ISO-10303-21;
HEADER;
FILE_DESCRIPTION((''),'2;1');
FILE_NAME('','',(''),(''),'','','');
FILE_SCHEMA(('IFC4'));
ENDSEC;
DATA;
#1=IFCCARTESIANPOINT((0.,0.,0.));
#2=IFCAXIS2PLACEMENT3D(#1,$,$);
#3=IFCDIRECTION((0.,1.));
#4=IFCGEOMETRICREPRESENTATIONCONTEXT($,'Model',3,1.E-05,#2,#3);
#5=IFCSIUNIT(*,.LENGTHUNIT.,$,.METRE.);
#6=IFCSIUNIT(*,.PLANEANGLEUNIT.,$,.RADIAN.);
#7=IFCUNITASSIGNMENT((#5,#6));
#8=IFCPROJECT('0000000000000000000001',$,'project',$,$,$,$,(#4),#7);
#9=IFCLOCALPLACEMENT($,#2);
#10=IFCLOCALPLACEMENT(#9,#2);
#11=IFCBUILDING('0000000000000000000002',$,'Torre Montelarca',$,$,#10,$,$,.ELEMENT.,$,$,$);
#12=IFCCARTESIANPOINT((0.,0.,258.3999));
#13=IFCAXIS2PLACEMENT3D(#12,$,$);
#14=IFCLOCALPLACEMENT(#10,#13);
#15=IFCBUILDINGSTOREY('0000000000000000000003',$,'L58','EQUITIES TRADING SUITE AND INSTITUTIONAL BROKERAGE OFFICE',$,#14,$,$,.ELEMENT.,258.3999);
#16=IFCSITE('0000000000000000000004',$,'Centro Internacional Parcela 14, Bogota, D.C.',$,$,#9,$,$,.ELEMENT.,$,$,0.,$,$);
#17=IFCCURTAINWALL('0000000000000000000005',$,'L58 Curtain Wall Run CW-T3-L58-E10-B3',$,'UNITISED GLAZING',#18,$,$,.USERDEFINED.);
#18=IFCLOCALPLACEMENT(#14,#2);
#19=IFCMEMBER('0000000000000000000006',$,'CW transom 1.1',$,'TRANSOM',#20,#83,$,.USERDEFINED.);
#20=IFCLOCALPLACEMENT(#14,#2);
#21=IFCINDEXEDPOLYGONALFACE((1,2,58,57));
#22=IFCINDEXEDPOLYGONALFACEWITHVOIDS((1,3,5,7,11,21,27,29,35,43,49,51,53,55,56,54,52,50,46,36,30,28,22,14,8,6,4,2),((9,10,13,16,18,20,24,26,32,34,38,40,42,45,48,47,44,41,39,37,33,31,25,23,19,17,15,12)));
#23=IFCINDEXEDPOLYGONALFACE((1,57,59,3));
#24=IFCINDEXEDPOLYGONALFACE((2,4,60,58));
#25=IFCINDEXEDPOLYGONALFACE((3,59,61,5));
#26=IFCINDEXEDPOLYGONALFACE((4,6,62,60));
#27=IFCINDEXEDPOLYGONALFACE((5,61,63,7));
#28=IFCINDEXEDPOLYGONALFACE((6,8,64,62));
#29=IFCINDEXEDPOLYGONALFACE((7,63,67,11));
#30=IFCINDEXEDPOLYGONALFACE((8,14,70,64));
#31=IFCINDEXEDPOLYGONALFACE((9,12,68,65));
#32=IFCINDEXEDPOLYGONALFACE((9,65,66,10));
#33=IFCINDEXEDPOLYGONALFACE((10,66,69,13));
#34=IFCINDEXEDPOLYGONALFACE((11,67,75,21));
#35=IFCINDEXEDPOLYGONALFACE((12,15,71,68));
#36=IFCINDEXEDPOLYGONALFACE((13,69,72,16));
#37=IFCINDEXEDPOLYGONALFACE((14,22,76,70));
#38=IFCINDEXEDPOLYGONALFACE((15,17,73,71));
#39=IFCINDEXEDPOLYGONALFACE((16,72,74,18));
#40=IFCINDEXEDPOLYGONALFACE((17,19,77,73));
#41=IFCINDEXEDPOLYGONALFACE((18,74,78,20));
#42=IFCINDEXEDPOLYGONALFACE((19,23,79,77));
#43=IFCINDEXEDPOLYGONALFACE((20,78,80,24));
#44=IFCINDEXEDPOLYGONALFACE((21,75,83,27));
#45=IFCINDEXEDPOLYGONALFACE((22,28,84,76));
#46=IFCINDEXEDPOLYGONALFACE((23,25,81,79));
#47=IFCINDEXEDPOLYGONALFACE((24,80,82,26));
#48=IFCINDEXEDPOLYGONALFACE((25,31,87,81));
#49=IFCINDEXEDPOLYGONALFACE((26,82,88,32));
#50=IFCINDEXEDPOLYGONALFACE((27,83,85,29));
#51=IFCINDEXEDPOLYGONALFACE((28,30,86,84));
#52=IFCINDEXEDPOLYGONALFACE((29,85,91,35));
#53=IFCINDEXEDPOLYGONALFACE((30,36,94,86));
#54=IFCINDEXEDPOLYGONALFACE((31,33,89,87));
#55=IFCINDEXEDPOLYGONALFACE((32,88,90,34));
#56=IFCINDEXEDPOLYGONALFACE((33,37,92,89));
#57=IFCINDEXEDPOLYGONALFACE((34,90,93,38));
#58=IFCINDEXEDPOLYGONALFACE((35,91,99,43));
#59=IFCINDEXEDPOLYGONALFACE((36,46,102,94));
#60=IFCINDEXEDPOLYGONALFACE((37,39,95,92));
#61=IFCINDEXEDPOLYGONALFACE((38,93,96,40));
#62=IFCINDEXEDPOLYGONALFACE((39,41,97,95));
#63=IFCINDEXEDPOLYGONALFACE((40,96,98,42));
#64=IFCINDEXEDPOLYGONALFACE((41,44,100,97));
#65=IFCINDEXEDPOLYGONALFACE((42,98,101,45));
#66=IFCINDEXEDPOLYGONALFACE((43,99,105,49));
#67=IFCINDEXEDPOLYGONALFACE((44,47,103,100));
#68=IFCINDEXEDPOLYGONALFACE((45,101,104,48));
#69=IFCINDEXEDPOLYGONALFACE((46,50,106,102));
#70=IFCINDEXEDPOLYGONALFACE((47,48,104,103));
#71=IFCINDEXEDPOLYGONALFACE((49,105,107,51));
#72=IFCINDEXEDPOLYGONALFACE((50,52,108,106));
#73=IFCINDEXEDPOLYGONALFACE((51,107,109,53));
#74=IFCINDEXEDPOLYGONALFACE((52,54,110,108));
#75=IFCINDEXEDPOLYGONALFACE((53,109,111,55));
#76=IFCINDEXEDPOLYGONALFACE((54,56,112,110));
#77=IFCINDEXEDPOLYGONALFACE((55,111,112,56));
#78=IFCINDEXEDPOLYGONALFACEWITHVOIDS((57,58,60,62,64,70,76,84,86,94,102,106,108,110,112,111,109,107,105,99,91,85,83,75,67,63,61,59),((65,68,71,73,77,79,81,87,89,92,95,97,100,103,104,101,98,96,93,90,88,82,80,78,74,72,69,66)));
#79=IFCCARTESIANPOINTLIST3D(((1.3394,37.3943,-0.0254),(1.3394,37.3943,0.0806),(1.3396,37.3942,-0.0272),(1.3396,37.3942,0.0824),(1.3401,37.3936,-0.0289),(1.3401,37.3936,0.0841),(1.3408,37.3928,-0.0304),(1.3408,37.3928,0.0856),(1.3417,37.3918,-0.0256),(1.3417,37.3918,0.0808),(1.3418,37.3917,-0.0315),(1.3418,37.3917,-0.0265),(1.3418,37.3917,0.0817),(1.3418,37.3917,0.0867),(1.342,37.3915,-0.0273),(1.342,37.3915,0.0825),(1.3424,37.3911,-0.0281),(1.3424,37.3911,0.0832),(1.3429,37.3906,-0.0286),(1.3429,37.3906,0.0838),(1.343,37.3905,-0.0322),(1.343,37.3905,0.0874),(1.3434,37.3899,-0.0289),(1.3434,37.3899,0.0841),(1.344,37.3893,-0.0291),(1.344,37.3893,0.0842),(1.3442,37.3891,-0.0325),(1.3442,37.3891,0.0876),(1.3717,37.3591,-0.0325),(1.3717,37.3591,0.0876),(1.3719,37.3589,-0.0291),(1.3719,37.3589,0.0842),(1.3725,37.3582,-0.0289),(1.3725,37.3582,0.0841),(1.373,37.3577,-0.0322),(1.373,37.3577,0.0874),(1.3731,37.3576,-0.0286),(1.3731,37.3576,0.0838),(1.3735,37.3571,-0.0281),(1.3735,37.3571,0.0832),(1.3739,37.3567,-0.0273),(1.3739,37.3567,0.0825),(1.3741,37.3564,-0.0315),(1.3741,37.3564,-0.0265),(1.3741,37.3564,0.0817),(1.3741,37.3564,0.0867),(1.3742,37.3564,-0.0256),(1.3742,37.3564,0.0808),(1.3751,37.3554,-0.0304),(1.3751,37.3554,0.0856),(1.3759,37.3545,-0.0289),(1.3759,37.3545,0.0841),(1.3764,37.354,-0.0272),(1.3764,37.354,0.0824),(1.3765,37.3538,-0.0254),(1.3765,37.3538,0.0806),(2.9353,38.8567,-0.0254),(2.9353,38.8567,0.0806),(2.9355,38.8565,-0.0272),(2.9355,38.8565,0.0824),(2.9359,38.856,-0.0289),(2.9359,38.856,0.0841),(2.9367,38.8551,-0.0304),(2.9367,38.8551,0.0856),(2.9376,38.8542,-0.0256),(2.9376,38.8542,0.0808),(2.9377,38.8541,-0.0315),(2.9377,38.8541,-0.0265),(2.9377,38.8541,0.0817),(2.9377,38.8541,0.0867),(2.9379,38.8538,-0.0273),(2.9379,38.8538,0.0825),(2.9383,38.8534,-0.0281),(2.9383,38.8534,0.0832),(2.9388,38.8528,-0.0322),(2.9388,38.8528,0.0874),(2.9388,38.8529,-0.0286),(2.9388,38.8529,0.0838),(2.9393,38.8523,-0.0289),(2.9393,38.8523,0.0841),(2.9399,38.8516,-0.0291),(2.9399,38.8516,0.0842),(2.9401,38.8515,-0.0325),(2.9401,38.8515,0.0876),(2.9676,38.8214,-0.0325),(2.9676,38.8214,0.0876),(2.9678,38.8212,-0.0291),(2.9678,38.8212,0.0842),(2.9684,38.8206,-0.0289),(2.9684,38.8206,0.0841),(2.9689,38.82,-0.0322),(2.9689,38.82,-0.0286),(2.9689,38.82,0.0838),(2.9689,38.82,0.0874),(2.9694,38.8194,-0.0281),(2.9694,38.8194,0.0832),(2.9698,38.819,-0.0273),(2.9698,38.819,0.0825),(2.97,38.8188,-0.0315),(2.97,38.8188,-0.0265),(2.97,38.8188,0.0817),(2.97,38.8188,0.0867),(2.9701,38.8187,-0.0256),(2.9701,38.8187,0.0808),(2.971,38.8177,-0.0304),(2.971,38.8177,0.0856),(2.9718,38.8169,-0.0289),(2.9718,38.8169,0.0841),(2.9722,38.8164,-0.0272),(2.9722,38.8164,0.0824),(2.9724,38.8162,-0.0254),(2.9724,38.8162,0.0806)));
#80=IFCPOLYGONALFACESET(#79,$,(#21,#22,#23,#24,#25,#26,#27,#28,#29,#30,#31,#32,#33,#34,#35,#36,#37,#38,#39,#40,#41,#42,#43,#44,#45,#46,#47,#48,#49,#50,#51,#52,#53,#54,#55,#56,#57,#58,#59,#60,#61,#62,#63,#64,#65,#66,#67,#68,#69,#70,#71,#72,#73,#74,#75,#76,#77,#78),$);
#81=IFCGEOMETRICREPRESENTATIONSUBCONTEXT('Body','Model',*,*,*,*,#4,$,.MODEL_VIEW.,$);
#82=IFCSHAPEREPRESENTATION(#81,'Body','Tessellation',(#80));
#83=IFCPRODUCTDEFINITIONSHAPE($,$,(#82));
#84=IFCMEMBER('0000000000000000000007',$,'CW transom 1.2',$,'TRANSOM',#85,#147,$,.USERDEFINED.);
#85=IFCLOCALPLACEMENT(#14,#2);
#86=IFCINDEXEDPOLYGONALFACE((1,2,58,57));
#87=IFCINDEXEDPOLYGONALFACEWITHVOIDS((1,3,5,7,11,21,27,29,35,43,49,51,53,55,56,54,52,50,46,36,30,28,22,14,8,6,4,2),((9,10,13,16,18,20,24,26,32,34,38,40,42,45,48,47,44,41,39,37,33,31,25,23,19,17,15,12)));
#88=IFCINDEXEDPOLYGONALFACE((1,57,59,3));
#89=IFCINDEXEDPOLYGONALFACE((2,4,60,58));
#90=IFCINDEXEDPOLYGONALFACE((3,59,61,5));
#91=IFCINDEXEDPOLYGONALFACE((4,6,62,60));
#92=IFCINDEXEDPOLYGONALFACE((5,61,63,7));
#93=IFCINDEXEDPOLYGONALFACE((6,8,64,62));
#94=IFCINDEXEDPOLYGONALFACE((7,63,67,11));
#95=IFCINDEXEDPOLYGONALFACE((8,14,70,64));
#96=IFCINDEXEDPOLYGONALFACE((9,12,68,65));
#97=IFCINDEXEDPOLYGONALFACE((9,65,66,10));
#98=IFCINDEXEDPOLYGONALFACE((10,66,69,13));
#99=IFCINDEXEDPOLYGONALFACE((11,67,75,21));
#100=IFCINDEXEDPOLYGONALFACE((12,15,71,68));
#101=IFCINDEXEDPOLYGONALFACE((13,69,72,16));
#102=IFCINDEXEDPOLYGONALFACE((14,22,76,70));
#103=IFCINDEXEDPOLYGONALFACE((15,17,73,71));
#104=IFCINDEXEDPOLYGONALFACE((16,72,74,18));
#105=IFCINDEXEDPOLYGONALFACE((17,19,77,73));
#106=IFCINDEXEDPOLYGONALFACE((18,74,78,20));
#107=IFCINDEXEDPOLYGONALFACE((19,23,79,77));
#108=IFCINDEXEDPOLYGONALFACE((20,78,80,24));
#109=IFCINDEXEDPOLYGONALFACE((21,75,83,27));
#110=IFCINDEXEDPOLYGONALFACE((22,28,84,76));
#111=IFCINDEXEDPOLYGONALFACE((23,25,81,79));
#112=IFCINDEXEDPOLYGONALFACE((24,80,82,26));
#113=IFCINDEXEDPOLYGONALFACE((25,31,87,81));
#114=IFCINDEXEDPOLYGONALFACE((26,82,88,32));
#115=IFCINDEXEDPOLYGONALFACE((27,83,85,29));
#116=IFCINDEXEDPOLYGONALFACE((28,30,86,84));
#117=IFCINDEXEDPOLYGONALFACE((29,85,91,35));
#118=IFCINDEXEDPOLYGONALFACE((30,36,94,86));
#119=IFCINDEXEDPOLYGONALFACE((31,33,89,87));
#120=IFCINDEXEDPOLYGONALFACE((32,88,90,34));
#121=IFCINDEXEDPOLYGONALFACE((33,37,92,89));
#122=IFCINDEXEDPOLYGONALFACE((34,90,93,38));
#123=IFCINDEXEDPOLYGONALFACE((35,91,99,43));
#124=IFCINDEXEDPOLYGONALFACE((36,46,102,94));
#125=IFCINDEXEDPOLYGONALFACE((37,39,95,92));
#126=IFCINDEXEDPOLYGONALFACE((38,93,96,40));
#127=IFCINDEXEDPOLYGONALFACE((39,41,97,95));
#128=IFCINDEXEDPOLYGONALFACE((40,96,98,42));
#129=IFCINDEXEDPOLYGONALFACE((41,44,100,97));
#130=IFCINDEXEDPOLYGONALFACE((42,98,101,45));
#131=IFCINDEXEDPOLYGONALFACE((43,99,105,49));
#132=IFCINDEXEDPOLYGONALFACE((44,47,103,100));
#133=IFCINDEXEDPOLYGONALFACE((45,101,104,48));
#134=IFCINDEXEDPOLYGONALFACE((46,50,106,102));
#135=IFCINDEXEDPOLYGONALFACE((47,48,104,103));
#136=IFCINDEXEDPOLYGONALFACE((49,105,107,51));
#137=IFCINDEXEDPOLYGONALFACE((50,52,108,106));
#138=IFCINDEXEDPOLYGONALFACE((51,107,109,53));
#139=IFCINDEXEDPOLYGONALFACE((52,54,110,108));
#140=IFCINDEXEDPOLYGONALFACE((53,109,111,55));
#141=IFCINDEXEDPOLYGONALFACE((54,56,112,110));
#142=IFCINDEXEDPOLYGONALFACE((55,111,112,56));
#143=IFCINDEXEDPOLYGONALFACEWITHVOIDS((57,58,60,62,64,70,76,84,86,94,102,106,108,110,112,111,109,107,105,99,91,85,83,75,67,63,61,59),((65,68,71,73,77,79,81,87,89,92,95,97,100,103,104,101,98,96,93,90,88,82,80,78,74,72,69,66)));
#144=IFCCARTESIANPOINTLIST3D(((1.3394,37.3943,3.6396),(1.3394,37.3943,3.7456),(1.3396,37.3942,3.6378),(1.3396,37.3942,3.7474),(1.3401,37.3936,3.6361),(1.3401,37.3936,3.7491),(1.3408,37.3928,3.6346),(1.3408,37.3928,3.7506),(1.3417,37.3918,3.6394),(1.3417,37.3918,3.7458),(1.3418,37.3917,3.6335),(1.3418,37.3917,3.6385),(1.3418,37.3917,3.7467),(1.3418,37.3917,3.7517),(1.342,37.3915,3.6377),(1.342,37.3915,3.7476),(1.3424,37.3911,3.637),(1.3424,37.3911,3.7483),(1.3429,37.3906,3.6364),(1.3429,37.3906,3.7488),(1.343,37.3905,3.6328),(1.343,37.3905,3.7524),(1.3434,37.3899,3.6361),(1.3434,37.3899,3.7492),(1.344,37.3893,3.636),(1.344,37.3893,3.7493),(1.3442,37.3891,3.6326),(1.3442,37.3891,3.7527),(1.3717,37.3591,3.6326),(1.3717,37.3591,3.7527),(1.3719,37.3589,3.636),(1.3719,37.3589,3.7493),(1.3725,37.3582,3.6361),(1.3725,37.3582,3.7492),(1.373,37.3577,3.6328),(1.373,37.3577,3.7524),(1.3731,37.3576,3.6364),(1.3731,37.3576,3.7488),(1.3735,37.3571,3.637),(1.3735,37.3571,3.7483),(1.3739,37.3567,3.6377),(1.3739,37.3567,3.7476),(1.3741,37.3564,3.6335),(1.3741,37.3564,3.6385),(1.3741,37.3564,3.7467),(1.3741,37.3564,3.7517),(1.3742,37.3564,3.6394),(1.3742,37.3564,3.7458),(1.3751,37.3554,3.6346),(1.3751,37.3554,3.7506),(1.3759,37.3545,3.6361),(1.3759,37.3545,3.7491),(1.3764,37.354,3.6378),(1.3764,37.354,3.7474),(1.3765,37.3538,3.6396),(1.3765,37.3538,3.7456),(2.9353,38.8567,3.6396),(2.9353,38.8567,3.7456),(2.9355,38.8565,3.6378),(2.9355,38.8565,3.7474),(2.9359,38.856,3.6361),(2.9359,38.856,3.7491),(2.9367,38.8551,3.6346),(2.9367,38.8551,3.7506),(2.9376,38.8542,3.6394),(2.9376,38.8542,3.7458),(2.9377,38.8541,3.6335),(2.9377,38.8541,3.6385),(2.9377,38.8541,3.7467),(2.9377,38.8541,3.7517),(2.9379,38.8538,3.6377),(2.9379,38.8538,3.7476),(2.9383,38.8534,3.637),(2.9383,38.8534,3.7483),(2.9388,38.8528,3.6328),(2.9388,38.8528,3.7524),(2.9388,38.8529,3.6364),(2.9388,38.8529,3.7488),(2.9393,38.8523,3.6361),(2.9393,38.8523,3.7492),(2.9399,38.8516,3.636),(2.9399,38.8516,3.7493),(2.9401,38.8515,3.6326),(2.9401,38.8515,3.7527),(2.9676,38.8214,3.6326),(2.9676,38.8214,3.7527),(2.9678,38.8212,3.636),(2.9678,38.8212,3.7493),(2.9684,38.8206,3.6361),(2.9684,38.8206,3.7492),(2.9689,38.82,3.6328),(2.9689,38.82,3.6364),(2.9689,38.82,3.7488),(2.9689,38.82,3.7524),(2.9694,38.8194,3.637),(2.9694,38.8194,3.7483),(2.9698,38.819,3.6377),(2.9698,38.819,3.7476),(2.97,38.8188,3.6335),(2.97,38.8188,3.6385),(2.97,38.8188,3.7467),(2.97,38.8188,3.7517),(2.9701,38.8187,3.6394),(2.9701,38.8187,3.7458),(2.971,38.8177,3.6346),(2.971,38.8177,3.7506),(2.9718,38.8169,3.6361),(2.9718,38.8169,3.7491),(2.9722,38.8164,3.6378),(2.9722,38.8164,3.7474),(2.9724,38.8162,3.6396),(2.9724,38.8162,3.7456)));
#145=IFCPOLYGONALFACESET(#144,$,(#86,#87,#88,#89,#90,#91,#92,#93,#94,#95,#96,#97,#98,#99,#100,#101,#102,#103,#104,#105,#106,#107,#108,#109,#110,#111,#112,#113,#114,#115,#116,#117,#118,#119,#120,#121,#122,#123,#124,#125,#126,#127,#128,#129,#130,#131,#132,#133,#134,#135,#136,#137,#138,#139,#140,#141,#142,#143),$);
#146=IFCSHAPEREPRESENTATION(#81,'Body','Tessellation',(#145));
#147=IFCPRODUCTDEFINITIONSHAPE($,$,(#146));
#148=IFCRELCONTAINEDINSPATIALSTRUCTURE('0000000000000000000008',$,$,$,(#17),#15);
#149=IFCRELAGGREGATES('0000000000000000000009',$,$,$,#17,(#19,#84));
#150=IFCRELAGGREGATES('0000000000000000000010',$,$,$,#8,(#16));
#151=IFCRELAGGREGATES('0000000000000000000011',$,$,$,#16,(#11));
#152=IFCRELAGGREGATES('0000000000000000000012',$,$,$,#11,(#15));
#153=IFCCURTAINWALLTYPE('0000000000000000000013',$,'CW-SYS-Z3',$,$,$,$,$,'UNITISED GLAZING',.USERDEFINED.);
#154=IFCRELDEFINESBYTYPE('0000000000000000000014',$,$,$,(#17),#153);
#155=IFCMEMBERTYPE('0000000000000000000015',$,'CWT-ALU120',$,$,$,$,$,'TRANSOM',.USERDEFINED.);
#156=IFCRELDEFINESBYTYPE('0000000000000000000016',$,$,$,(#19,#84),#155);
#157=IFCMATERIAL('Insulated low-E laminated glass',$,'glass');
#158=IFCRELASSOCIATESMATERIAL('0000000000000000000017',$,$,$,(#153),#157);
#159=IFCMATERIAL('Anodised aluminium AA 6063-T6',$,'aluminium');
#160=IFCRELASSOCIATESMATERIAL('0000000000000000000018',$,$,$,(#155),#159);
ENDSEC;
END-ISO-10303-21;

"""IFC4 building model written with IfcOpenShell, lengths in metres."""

from ifc_helpers import new_model, si_unit, direction, frame, origin, origin_2d, place, context, subcontext, project, spatial, hollow_rectangle, extrude, source, transform, mapped, material, material_profile, profile_set, type_object, element, aggregate, save


model = new_model("IFC4")

# Units and contexts
model_context = context("Model", 3, precision=1e-05, world=origin(), true_north=direction((0.0, 1.0)))
body_context = subcontext(model_context, "Body", "Model", "MODEL_VIEW")
ifc_project = project(units=[si_unit("LENGTHUNIT", "METRE"), si_unit("PLANEANGLEUNIT", "RADIAN")], contexts=[model_context])

# Site, building, storey
site_placement = place(None, origin())
site = spatial("IfcSite", under=ifc_project, at=site_placement, Name="Centro Internacional Parcela 14, Bogota, D.C.", CompositionType="ELEMENT", RefElevation=0.0)
building_placement = place(site_placement, origin())
building = spatial("IfcBuilding", under=site, at=building_placement, Name="Torre Montelarca", CompositionType="ELEMENT")
storey_placement = place(building_placement, frame((0.0, 0.0, 258.3999)))
storey = spatial("IfcBuildingStorey", under=building, at=storey_placement, Name="L58", Description="EQUITIES TRADING SUITE AND INSTITUTIONAL BROKERAGE OFFICE", CompositionType="ELEMENT", Elevation=258.3999)

# Shared definitions
ifc_material_1 = material(Name="Insulated low-E laminated glass", Category="glass")
curtain_wall_type = type_object("IfcCurtainWallType", Name="CW-SYS-Z3", ElementType="UNITISED GLAZING", PredefinedType="USERDEFINED", material=ifc_material_1)
ifc_material_2 = material(Name="Anodised aluminium AA 6063-T6", Category="aluminium")

# Curtain wall
curtain_wall_1_placement = place(storey_placement, origin())
curtain_wall_1 = element("IfcCurtainWall", 1, at=curtain_wall_1_placement, inside=storey, type_object=curtain_wall_type, Name="L58 Curtain Wall Run CW-T3-L58-E10-B3", ObjectType="UNITISED GLAZING", PredefinedType="USERDEFINED")

# Members
ifc_material_profile_1 = material_profile(ifc_material_2, hollow_rectangle(XDim=0.0549, YDim=0.1201, WallThickness=0.0034, InnerFilletRadius=0.0034, OuterFilletRadius=0.0071, at=origin_2d()), Name="ALU55X120X3.5", Category="aluminium")
ifc_profile_set_1 = profile_set([ifc_material_profile_1], Name="Anodised aluminium AA 6063-T6")
member_type_1 = type_object("IfcMemberType", Name="CWT-ALU120", ElementType="TRANSOM", PredefinedType="USERDEFINED", material=ifc_profile_set_1)
shared_shape_1 = source(origin(), body_context, "Body", "SweptSolid", [
    extrude(hollow_rectangle(XDim=0.0549, YDim=0.1201, WallThickness=0.0034, InnerFilletRadius=0.0034, OuterFilletRadius=0.0071, at=origin_2d()), origin(), (0.0, 0.0, 1.0), 2.1646),
])
member_1_placement = place(storey_placement, frame((2.9539, 38.8364, 0.0276), z_axis=(-0.737281, -0.675587, 0.0), x_axis=(0.675587, -0.737281, 0.0)))
member_1 = element("IfcMember", 2, at=member_1_placement, type_object=member_type_1, Name="CW transom 1.1", ObjectType="TRANSOM", PredefinedType="USERDEFINED", context=body_context, shape_type="MappedRepresentation", body=[
    mapped(shared_shape_1, transform((0.0, 0.0, 0.0), scale=1.0)),
])
member_2_placement = place(storey_placement, frame((2.9539, 38.8364, 3.6926), z_axis=(-0.737281, -0.675587, 0.0), x_axis=(0.675587, -0.737281, 0.0)))
member_2 = element("IfcMember", 3, at=member_2_placement, type_object=member_type_1, Name="CW transom 1.2", ObjectType="TRANSOM", PredefinedType="USERDEFINED", context=body_context, shape_type="MappedRepresentation", body=[
    mapped(shared_shape_1, transform((0.0, 0.0, 0.0), scale=1.0)),
])

aggregate(curtain_wall_1, [member_1, member_2])

save(model, "model.ifc")
